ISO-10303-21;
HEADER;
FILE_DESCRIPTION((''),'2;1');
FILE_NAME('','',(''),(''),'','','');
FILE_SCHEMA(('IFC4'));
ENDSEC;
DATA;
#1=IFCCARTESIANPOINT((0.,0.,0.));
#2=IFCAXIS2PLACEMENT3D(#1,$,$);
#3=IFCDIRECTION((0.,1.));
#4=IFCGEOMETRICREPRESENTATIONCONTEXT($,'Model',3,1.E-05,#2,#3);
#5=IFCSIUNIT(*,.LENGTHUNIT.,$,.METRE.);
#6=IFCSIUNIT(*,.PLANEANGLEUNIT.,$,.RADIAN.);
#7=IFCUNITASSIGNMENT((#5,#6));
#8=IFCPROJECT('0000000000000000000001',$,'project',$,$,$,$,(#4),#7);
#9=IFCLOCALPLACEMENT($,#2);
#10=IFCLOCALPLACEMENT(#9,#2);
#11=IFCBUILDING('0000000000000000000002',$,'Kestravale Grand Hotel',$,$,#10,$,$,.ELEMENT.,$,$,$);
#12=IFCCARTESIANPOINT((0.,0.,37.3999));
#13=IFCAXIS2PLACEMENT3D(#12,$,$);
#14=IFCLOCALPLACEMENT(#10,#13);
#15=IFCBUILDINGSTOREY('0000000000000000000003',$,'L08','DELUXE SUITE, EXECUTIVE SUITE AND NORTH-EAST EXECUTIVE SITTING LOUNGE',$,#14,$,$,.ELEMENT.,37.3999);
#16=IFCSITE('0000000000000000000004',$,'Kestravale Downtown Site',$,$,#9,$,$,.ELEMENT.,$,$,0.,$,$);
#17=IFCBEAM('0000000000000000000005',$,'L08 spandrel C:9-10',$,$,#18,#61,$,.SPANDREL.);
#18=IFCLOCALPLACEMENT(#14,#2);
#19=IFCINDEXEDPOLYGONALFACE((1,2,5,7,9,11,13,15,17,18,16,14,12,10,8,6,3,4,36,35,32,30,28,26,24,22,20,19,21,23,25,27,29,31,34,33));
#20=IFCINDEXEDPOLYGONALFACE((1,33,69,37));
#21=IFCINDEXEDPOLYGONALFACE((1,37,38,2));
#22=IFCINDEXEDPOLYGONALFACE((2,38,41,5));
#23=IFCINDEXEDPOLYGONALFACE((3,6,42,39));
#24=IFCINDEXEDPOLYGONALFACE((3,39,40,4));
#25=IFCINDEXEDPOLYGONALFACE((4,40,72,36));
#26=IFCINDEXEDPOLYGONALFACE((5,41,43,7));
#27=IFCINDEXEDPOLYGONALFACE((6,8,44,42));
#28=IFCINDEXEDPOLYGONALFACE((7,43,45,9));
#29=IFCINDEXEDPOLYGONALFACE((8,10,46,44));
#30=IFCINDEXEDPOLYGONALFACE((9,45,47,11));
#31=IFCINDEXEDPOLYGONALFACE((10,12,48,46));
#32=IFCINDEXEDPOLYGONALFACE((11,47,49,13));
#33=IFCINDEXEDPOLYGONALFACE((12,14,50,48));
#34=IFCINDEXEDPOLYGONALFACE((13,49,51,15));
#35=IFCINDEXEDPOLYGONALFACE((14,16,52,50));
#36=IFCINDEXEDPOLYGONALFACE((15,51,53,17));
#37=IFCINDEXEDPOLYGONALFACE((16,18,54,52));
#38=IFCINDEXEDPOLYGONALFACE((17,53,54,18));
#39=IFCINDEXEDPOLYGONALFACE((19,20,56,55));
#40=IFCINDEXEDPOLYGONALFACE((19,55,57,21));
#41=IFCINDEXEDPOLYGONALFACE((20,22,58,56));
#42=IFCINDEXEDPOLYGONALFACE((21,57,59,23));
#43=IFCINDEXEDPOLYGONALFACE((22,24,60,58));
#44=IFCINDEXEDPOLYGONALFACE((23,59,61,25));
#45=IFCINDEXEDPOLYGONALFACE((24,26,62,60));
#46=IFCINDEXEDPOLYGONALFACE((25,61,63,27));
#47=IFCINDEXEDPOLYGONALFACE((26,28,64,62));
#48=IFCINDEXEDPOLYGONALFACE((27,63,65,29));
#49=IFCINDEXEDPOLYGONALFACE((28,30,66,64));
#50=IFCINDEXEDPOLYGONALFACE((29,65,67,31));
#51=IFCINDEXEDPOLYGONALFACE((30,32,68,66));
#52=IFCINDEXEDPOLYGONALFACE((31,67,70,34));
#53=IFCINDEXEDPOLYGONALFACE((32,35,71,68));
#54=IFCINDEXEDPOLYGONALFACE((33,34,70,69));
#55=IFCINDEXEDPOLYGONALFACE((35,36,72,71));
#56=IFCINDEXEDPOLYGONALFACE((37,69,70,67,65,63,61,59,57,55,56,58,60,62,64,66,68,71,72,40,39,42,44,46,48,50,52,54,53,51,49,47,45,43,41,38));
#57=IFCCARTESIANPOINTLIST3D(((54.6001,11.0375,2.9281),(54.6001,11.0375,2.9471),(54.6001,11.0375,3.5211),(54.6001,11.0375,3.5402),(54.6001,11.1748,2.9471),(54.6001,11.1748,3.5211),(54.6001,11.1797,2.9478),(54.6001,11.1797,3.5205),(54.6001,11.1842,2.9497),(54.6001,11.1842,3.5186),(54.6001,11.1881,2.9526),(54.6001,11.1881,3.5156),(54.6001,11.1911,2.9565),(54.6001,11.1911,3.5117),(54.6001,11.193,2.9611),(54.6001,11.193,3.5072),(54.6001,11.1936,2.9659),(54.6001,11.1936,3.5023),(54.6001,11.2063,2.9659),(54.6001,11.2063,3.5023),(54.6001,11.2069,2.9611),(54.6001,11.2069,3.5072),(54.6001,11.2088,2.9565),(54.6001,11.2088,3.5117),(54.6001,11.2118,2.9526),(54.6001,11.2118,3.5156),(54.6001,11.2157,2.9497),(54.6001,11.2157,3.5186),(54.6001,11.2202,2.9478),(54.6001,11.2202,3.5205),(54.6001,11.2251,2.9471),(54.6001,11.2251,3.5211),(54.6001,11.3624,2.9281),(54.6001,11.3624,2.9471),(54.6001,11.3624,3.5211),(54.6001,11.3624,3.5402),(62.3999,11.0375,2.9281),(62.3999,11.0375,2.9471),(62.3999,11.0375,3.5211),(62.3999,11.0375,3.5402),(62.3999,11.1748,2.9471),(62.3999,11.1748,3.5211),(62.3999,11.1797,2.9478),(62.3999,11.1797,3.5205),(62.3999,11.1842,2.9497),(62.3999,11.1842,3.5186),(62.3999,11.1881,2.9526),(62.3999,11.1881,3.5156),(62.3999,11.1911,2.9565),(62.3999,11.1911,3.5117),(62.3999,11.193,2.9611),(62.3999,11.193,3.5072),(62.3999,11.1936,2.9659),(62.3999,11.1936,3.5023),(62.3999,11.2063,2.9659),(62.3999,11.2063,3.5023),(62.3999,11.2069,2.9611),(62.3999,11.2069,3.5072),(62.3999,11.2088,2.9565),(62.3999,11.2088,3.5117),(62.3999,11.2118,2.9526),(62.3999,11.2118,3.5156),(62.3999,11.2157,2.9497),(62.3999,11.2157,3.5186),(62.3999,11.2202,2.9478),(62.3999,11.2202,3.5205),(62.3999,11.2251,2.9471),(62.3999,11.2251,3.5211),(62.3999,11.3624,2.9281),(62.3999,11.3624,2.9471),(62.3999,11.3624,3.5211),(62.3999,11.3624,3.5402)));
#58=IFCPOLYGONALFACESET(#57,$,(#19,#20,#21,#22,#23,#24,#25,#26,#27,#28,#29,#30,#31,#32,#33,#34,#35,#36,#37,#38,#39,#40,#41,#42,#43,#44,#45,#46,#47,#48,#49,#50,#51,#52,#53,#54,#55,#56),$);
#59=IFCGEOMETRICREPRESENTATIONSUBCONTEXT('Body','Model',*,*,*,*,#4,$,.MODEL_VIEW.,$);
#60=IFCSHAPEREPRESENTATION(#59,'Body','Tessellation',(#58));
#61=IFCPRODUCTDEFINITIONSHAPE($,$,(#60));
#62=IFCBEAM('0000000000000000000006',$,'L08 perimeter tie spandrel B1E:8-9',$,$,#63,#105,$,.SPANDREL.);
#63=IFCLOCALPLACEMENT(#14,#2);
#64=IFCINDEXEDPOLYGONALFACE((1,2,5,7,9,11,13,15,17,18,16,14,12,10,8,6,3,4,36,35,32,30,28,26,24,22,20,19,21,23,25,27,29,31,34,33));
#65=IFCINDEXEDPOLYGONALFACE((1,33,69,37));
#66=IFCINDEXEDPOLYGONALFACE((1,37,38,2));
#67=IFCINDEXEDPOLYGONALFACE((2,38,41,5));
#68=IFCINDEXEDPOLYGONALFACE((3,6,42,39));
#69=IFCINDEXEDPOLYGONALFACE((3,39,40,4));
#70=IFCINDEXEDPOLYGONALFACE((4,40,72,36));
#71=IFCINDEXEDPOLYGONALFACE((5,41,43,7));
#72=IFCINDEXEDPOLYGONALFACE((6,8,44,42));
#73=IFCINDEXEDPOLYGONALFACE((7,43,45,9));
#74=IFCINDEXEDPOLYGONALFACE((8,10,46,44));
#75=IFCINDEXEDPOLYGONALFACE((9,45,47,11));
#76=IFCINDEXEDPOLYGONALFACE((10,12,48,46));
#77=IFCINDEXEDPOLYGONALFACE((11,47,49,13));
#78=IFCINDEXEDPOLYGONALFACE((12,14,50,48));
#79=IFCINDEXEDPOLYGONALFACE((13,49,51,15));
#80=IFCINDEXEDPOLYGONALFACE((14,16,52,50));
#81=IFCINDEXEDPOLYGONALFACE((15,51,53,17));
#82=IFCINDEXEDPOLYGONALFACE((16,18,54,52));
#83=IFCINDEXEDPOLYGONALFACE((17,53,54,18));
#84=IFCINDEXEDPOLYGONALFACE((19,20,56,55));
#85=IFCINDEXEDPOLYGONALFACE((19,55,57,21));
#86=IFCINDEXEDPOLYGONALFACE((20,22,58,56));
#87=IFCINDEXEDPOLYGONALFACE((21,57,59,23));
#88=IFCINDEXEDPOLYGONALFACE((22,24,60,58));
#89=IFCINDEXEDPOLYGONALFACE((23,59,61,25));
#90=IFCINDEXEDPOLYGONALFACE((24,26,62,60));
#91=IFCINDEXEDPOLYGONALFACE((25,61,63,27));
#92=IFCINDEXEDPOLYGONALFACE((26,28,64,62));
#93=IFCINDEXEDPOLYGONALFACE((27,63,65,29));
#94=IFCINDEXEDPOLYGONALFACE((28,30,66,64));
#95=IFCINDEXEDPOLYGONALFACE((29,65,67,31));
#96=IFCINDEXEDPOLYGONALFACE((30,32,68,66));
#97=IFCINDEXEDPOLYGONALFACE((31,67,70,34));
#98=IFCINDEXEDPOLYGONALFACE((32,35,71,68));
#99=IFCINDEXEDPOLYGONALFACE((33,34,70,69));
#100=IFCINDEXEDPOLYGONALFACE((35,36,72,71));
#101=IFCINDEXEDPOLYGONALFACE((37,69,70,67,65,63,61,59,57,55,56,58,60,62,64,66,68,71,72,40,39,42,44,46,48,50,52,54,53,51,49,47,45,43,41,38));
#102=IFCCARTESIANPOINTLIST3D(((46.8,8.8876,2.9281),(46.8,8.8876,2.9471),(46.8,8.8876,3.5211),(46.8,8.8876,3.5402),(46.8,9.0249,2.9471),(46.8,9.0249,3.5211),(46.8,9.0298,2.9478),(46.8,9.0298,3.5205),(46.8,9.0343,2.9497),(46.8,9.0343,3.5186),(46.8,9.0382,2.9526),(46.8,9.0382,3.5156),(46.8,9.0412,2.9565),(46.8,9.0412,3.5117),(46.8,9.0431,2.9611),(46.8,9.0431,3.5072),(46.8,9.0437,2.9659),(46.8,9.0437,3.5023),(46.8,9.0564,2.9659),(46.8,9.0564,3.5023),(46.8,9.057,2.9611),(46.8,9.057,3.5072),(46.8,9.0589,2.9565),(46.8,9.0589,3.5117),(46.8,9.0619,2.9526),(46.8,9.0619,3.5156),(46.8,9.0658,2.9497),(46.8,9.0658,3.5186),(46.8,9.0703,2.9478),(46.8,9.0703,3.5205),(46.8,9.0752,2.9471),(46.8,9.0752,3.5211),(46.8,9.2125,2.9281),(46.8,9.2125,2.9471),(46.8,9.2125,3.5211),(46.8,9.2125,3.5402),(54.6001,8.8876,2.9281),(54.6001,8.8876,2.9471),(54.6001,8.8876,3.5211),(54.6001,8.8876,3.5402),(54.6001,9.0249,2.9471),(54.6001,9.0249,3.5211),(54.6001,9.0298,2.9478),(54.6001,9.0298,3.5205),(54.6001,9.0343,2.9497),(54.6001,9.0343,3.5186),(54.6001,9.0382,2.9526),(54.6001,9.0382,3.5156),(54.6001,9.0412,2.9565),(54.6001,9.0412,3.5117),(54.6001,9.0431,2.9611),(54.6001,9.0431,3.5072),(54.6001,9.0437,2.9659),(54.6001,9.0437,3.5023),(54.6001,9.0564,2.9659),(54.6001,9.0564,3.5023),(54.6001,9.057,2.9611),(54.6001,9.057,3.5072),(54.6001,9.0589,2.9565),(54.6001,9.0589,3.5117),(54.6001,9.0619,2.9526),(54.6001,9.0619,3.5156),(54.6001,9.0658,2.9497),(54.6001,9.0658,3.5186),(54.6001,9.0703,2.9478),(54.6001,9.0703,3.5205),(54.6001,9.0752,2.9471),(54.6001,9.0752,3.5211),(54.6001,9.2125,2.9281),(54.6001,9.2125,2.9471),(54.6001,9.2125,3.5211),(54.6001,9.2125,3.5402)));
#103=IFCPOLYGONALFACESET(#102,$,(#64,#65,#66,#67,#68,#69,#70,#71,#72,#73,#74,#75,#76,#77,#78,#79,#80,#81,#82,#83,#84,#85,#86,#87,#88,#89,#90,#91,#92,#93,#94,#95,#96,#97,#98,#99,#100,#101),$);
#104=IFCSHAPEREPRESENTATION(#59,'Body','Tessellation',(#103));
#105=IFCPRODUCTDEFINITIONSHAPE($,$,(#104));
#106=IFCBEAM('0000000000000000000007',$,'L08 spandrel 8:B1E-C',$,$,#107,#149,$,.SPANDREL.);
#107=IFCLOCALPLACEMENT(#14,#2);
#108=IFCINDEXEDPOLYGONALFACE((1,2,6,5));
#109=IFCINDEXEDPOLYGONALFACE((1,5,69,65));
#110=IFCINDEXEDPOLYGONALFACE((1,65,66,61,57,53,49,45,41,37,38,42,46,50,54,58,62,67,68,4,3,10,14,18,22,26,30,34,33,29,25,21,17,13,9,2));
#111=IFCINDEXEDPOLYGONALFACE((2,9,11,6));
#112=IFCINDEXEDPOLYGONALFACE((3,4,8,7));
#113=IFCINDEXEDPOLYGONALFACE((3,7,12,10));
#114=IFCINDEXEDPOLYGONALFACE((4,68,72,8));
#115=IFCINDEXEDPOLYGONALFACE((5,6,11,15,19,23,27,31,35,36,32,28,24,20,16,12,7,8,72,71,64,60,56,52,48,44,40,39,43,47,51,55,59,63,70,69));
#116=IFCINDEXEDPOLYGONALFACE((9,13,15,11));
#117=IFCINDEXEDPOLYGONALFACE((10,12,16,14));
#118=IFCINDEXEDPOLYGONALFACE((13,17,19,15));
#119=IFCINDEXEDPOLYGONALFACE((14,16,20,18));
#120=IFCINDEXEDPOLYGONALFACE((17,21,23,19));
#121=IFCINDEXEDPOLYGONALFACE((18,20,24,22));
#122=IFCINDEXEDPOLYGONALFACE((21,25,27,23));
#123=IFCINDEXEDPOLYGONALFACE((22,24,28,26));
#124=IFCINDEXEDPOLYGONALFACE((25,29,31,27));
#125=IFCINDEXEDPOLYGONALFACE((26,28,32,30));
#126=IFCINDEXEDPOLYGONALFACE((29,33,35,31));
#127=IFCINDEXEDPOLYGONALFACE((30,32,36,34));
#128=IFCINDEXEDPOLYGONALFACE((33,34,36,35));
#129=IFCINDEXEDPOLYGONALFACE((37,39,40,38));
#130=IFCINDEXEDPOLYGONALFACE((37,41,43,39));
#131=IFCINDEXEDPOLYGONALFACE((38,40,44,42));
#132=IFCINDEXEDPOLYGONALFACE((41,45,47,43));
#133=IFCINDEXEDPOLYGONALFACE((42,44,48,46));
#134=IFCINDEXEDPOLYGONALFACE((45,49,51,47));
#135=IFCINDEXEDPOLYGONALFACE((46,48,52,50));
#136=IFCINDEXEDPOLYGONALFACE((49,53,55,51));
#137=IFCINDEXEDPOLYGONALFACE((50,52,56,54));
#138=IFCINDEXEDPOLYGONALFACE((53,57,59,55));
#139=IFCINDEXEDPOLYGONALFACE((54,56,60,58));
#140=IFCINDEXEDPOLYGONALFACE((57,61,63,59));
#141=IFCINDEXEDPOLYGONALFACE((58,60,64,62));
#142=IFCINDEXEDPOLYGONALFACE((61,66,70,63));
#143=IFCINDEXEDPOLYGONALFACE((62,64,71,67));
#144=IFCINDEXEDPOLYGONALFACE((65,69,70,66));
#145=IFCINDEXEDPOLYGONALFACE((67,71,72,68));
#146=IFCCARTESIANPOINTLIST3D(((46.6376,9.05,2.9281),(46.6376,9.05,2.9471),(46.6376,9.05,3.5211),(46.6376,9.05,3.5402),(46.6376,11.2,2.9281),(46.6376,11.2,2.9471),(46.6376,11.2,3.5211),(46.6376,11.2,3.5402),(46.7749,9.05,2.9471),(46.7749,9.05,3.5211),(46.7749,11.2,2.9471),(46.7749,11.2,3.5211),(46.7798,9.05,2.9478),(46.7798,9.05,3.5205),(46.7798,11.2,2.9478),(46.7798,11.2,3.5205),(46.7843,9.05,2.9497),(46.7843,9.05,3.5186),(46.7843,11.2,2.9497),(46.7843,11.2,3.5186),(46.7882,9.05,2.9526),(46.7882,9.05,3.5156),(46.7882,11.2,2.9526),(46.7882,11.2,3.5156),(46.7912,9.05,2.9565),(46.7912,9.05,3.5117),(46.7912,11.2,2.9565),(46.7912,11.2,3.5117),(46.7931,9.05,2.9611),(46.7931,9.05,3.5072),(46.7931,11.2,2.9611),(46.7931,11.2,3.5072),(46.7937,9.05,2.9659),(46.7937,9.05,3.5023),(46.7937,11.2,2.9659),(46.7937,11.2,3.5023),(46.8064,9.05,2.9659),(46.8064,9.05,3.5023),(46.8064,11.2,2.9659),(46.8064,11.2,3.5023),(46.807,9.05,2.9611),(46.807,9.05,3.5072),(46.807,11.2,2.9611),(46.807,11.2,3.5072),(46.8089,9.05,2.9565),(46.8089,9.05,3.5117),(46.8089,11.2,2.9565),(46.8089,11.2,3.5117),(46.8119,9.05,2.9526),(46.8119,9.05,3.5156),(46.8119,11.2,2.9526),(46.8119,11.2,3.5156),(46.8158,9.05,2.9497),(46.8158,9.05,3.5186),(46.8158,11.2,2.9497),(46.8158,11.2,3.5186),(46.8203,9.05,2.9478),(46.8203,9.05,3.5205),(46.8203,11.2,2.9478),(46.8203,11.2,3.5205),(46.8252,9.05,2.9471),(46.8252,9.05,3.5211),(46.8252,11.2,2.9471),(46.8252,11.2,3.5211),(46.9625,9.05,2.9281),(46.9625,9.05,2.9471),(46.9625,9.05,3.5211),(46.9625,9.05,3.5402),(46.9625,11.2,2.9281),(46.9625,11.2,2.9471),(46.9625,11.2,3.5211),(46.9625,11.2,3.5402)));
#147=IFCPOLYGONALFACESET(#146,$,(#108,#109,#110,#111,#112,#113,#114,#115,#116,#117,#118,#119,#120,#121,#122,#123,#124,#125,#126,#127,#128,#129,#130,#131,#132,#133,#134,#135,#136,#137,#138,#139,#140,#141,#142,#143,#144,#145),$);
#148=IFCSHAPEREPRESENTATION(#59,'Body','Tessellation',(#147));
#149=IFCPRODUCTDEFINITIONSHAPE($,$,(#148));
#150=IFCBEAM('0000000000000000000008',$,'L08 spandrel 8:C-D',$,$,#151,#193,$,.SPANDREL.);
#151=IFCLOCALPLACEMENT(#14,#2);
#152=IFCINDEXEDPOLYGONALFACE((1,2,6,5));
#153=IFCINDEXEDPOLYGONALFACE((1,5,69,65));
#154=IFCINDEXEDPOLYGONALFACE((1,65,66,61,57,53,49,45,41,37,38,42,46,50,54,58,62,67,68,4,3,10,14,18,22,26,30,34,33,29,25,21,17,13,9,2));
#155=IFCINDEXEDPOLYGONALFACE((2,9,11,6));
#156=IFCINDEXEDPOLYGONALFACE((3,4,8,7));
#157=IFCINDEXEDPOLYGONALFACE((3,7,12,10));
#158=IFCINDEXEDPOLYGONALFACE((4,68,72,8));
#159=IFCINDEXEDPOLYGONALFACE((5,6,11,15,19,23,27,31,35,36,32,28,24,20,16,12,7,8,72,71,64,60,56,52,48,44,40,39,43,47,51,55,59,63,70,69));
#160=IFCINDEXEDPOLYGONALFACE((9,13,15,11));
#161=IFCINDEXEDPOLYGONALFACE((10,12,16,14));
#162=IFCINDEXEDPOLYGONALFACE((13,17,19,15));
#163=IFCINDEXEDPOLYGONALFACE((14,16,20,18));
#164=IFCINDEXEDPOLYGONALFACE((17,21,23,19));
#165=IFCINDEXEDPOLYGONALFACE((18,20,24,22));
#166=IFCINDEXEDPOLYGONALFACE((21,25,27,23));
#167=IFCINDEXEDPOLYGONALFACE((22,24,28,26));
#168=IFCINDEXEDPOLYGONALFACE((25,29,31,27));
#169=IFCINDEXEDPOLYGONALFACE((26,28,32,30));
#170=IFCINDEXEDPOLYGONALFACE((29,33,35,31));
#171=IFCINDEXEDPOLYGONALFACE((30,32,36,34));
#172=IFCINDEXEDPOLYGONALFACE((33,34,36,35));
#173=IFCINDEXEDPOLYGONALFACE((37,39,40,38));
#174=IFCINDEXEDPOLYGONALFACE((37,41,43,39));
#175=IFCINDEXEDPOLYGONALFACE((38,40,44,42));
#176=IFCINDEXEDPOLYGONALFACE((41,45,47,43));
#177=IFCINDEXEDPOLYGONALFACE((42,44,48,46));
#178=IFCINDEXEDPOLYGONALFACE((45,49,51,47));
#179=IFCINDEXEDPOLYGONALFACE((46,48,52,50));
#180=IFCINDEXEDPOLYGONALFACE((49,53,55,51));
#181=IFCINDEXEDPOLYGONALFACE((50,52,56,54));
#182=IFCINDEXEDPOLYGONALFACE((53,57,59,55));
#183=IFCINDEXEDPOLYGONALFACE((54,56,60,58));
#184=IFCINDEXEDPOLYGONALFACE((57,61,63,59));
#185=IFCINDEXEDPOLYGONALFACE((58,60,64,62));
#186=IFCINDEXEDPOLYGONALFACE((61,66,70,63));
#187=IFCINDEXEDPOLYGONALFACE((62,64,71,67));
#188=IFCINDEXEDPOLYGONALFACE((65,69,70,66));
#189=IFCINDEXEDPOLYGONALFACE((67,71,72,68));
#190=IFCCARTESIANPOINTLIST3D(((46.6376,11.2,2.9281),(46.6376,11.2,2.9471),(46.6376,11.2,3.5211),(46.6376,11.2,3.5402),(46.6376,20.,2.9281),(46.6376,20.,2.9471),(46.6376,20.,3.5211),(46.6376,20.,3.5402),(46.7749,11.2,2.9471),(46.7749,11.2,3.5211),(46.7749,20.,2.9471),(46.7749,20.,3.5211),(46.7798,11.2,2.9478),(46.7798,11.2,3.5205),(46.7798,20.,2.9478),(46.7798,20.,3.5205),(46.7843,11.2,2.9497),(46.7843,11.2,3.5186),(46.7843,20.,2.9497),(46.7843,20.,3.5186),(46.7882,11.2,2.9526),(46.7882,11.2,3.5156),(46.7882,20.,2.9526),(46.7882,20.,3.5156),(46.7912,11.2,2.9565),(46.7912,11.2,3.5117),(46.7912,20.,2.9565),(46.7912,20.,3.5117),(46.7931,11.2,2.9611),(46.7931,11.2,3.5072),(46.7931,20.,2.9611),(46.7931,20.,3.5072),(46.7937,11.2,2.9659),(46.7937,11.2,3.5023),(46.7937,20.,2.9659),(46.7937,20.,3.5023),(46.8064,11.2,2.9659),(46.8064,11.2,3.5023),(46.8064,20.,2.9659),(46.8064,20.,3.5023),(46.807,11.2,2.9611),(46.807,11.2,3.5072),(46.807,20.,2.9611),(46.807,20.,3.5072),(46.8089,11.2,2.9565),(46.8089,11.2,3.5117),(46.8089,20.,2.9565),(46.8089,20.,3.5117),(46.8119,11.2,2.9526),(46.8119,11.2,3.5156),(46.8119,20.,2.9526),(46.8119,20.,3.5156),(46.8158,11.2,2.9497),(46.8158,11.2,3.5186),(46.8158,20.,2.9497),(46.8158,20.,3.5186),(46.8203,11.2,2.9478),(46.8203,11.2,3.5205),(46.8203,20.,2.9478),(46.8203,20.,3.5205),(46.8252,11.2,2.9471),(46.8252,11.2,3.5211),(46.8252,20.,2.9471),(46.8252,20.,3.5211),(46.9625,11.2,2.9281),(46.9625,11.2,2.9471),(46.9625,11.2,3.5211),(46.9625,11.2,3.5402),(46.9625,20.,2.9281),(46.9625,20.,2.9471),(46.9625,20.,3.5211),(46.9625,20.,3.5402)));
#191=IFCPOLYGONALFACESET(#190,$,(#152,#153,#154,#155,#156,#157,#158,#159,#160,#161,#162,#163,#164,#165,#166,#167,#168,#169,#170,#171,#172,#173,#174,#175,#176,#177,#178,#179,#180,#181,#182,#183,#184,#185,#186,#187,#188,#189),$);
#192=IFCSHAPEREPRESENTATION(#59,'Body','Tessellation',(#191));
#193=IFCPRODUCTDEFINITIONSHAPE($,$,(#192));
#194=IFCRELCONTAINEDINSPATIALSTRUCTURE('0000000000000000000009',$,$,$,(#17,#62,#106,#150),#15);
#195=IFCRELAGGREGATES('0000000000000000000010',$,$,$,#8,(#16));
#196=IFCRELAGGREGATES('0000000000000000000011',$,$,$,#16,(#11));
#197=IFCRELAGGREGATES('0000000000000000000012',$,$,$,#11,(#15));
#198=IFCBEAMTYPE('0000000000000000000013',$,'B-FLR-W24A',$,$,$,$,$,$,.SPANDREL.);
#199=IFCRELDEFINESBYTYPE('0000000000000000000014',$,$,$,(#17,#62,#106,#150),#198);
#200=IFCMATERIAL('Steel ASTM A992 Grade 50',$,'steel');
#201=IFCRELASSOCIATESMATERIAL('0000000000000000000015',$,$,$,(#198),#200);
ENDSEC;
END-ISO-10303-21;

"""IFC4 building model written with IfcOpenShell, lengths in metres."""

from ifc_helpers import new_model, si_unit, direction, frame, origin, origin_2d, place, context, subcontext, project, spatial, i_section, extrude, material, material_profile, profile_set, type_object, element, save


model = new_model("IFC4")

# Units and contexts
model_context = context("Model", 3, precision=1e-05, world=origin(), true_north=direction((0.0, 1.0)))
body_context = subcontext(model_context, "Body", "Model", "MODEL_VIEW")
ifc_project = project(units=[si_unit("LENGTHUNIT", "METRE"), si_unit("PLANEANGLEUNIT", "RADIAN")], contexts=[model_context])

# Site, building, storey
site_placement = place(None, origin())
site = spatial("IfcSite", under=ifc_project, at=site_placement, Name="Kestravale Downtown Site", CompositionType="ELEMENT", RefElevation=0.0)
building_placement = place(site_placement, origin())
building = spatial("IfcBuilding", under=site, at=building_placement, Name="Kestravale Grand Hotel", CompositionType="ELEMENT")
storey_placement = place(building_placement, frame((0.0, 0.0, 37.3999)))
storey = spatial("IfcBuildingStorey", under=building, at=storey_placement, Name="L08", Description="DELUXE SUITE, EXECUTIVE SUITE AND NORTH-EAST EXECUTIVE SITTING LOUNGE", CompositionType="ELEMENT", Elevation=37.3999)

# Beams
ifc_material_1 = material(Name="Steel ASTM A992 Grade 50", Category="steel")
ifc_material_profile_1 = material_profile(ifc_material_1, i_section(OverallWidth=0.325, OverallDepth=0.6121, WebThickness=0.0127, FlangeThickness=0.019, FilletRadius=0.0188, at=origin_2d()))
ifc_profile_set_1 = profile_set([ifc_material_profile_1], Name="Steel ASTM A992 Grade 50")
beam_type_1 = type_object("IfcBeamType", Name="B-FLR-W24A", PredefinedType="SPANDREL", material=ifc_profile_set_1)
beam_1_placement = place(storey_placement, frame((54.6001, 11.2, 3.2341), z_axis=(1.0, 0.0, 0.0), x_axis=(0.0, 1.0, 0.0)))
element("IfcBeam", 1, at=beam_1_placement, inside=storey, type_object=beam_type_1, Name="L08 spandrel C:9-10", PredefinedType="SPANDREL", context=body_context, shape_type="SweptSolid", body=[
    extrude(i_section(OverallWidth=0.325, OverallDepth=0.6121, WebThickness=0.0127, FlangeThickness=0.019, FilletRadius=0.0188, at=origin_2d()), origin(), (0.0, 0.0, 1.0), 7.7998),
])
beam_2_placement = place(storey_placement, frame((46.8, 9.05, 3.2341), z_axis=(1.0, 0.0, 0.0), x_axis=(0.0, 1.0, 0.0)))
element("IfcBeam", 2, at=beam_2_placement, inside=storey, type_object=beam_type_1, Name="L08 perimeter tie spandrel B1E:8-9", PredefinedType="SPANDREL", context=body_context, shape_type="SweptSolid", body=[
    extrude(i_section(OverallWidth=0.325, OverallDepth=0.6121, WebThickness=0.0127, FlangeThickness=0.019, FilletRadius=0.0188, at=origin_2d()), origin(), (0.0, 0.0, 1.0), 7.8),
])
beam_3_placement = place(storey_placement, frame((46.8, 9.05, 3.2341), z_axis=(0.0, 1.0, 0.0), x_axis=(-1.0, 0.0, 0.0)))
element("IfcBeam", 3, at=beam_3_placement, inside=storey, type_object=beam_type_1, Name="L08 spandrel 8:B1E-C", PredefinedType="SPANDREL", context=body_context, shape_type="SweptSolid", body=[
    extrude(i_section(OverallWidth=0.325, OverallDepth=0.6121, WebThickness=0.0127, FlangeThickness=0.019, FilletRadius=0.0188, at=origin_2d()), origin(), (0.0, 0.0, 1.0), 2.1499),
])
beam_4_placement = place(storey_placement, frame((46.8, 11.2, 3.2341), z_axis=(0.0, 1.0, 0.0), x_axis=(-1.0, 0.0, 0.0)))
element("IfcBeam", 4, at=beam_4_placement, inside=storey, type_object=beam_type_1, Name="L08 spandrel 8:C-D", PredefinedType="SPANDREL", context=body_context, shape_type="SweptSolid", body=[
    extrude(i_section(OverallWidth=0.325, OverallDepth=0.6121, WebThickness=0.0127, FlangeThickness=0.019, FilletRadius=0.0188, at=origin_2d()), origin(), (0.0, 0.0, 1.0), 8.8),
])

save(model, "model.ifc")
